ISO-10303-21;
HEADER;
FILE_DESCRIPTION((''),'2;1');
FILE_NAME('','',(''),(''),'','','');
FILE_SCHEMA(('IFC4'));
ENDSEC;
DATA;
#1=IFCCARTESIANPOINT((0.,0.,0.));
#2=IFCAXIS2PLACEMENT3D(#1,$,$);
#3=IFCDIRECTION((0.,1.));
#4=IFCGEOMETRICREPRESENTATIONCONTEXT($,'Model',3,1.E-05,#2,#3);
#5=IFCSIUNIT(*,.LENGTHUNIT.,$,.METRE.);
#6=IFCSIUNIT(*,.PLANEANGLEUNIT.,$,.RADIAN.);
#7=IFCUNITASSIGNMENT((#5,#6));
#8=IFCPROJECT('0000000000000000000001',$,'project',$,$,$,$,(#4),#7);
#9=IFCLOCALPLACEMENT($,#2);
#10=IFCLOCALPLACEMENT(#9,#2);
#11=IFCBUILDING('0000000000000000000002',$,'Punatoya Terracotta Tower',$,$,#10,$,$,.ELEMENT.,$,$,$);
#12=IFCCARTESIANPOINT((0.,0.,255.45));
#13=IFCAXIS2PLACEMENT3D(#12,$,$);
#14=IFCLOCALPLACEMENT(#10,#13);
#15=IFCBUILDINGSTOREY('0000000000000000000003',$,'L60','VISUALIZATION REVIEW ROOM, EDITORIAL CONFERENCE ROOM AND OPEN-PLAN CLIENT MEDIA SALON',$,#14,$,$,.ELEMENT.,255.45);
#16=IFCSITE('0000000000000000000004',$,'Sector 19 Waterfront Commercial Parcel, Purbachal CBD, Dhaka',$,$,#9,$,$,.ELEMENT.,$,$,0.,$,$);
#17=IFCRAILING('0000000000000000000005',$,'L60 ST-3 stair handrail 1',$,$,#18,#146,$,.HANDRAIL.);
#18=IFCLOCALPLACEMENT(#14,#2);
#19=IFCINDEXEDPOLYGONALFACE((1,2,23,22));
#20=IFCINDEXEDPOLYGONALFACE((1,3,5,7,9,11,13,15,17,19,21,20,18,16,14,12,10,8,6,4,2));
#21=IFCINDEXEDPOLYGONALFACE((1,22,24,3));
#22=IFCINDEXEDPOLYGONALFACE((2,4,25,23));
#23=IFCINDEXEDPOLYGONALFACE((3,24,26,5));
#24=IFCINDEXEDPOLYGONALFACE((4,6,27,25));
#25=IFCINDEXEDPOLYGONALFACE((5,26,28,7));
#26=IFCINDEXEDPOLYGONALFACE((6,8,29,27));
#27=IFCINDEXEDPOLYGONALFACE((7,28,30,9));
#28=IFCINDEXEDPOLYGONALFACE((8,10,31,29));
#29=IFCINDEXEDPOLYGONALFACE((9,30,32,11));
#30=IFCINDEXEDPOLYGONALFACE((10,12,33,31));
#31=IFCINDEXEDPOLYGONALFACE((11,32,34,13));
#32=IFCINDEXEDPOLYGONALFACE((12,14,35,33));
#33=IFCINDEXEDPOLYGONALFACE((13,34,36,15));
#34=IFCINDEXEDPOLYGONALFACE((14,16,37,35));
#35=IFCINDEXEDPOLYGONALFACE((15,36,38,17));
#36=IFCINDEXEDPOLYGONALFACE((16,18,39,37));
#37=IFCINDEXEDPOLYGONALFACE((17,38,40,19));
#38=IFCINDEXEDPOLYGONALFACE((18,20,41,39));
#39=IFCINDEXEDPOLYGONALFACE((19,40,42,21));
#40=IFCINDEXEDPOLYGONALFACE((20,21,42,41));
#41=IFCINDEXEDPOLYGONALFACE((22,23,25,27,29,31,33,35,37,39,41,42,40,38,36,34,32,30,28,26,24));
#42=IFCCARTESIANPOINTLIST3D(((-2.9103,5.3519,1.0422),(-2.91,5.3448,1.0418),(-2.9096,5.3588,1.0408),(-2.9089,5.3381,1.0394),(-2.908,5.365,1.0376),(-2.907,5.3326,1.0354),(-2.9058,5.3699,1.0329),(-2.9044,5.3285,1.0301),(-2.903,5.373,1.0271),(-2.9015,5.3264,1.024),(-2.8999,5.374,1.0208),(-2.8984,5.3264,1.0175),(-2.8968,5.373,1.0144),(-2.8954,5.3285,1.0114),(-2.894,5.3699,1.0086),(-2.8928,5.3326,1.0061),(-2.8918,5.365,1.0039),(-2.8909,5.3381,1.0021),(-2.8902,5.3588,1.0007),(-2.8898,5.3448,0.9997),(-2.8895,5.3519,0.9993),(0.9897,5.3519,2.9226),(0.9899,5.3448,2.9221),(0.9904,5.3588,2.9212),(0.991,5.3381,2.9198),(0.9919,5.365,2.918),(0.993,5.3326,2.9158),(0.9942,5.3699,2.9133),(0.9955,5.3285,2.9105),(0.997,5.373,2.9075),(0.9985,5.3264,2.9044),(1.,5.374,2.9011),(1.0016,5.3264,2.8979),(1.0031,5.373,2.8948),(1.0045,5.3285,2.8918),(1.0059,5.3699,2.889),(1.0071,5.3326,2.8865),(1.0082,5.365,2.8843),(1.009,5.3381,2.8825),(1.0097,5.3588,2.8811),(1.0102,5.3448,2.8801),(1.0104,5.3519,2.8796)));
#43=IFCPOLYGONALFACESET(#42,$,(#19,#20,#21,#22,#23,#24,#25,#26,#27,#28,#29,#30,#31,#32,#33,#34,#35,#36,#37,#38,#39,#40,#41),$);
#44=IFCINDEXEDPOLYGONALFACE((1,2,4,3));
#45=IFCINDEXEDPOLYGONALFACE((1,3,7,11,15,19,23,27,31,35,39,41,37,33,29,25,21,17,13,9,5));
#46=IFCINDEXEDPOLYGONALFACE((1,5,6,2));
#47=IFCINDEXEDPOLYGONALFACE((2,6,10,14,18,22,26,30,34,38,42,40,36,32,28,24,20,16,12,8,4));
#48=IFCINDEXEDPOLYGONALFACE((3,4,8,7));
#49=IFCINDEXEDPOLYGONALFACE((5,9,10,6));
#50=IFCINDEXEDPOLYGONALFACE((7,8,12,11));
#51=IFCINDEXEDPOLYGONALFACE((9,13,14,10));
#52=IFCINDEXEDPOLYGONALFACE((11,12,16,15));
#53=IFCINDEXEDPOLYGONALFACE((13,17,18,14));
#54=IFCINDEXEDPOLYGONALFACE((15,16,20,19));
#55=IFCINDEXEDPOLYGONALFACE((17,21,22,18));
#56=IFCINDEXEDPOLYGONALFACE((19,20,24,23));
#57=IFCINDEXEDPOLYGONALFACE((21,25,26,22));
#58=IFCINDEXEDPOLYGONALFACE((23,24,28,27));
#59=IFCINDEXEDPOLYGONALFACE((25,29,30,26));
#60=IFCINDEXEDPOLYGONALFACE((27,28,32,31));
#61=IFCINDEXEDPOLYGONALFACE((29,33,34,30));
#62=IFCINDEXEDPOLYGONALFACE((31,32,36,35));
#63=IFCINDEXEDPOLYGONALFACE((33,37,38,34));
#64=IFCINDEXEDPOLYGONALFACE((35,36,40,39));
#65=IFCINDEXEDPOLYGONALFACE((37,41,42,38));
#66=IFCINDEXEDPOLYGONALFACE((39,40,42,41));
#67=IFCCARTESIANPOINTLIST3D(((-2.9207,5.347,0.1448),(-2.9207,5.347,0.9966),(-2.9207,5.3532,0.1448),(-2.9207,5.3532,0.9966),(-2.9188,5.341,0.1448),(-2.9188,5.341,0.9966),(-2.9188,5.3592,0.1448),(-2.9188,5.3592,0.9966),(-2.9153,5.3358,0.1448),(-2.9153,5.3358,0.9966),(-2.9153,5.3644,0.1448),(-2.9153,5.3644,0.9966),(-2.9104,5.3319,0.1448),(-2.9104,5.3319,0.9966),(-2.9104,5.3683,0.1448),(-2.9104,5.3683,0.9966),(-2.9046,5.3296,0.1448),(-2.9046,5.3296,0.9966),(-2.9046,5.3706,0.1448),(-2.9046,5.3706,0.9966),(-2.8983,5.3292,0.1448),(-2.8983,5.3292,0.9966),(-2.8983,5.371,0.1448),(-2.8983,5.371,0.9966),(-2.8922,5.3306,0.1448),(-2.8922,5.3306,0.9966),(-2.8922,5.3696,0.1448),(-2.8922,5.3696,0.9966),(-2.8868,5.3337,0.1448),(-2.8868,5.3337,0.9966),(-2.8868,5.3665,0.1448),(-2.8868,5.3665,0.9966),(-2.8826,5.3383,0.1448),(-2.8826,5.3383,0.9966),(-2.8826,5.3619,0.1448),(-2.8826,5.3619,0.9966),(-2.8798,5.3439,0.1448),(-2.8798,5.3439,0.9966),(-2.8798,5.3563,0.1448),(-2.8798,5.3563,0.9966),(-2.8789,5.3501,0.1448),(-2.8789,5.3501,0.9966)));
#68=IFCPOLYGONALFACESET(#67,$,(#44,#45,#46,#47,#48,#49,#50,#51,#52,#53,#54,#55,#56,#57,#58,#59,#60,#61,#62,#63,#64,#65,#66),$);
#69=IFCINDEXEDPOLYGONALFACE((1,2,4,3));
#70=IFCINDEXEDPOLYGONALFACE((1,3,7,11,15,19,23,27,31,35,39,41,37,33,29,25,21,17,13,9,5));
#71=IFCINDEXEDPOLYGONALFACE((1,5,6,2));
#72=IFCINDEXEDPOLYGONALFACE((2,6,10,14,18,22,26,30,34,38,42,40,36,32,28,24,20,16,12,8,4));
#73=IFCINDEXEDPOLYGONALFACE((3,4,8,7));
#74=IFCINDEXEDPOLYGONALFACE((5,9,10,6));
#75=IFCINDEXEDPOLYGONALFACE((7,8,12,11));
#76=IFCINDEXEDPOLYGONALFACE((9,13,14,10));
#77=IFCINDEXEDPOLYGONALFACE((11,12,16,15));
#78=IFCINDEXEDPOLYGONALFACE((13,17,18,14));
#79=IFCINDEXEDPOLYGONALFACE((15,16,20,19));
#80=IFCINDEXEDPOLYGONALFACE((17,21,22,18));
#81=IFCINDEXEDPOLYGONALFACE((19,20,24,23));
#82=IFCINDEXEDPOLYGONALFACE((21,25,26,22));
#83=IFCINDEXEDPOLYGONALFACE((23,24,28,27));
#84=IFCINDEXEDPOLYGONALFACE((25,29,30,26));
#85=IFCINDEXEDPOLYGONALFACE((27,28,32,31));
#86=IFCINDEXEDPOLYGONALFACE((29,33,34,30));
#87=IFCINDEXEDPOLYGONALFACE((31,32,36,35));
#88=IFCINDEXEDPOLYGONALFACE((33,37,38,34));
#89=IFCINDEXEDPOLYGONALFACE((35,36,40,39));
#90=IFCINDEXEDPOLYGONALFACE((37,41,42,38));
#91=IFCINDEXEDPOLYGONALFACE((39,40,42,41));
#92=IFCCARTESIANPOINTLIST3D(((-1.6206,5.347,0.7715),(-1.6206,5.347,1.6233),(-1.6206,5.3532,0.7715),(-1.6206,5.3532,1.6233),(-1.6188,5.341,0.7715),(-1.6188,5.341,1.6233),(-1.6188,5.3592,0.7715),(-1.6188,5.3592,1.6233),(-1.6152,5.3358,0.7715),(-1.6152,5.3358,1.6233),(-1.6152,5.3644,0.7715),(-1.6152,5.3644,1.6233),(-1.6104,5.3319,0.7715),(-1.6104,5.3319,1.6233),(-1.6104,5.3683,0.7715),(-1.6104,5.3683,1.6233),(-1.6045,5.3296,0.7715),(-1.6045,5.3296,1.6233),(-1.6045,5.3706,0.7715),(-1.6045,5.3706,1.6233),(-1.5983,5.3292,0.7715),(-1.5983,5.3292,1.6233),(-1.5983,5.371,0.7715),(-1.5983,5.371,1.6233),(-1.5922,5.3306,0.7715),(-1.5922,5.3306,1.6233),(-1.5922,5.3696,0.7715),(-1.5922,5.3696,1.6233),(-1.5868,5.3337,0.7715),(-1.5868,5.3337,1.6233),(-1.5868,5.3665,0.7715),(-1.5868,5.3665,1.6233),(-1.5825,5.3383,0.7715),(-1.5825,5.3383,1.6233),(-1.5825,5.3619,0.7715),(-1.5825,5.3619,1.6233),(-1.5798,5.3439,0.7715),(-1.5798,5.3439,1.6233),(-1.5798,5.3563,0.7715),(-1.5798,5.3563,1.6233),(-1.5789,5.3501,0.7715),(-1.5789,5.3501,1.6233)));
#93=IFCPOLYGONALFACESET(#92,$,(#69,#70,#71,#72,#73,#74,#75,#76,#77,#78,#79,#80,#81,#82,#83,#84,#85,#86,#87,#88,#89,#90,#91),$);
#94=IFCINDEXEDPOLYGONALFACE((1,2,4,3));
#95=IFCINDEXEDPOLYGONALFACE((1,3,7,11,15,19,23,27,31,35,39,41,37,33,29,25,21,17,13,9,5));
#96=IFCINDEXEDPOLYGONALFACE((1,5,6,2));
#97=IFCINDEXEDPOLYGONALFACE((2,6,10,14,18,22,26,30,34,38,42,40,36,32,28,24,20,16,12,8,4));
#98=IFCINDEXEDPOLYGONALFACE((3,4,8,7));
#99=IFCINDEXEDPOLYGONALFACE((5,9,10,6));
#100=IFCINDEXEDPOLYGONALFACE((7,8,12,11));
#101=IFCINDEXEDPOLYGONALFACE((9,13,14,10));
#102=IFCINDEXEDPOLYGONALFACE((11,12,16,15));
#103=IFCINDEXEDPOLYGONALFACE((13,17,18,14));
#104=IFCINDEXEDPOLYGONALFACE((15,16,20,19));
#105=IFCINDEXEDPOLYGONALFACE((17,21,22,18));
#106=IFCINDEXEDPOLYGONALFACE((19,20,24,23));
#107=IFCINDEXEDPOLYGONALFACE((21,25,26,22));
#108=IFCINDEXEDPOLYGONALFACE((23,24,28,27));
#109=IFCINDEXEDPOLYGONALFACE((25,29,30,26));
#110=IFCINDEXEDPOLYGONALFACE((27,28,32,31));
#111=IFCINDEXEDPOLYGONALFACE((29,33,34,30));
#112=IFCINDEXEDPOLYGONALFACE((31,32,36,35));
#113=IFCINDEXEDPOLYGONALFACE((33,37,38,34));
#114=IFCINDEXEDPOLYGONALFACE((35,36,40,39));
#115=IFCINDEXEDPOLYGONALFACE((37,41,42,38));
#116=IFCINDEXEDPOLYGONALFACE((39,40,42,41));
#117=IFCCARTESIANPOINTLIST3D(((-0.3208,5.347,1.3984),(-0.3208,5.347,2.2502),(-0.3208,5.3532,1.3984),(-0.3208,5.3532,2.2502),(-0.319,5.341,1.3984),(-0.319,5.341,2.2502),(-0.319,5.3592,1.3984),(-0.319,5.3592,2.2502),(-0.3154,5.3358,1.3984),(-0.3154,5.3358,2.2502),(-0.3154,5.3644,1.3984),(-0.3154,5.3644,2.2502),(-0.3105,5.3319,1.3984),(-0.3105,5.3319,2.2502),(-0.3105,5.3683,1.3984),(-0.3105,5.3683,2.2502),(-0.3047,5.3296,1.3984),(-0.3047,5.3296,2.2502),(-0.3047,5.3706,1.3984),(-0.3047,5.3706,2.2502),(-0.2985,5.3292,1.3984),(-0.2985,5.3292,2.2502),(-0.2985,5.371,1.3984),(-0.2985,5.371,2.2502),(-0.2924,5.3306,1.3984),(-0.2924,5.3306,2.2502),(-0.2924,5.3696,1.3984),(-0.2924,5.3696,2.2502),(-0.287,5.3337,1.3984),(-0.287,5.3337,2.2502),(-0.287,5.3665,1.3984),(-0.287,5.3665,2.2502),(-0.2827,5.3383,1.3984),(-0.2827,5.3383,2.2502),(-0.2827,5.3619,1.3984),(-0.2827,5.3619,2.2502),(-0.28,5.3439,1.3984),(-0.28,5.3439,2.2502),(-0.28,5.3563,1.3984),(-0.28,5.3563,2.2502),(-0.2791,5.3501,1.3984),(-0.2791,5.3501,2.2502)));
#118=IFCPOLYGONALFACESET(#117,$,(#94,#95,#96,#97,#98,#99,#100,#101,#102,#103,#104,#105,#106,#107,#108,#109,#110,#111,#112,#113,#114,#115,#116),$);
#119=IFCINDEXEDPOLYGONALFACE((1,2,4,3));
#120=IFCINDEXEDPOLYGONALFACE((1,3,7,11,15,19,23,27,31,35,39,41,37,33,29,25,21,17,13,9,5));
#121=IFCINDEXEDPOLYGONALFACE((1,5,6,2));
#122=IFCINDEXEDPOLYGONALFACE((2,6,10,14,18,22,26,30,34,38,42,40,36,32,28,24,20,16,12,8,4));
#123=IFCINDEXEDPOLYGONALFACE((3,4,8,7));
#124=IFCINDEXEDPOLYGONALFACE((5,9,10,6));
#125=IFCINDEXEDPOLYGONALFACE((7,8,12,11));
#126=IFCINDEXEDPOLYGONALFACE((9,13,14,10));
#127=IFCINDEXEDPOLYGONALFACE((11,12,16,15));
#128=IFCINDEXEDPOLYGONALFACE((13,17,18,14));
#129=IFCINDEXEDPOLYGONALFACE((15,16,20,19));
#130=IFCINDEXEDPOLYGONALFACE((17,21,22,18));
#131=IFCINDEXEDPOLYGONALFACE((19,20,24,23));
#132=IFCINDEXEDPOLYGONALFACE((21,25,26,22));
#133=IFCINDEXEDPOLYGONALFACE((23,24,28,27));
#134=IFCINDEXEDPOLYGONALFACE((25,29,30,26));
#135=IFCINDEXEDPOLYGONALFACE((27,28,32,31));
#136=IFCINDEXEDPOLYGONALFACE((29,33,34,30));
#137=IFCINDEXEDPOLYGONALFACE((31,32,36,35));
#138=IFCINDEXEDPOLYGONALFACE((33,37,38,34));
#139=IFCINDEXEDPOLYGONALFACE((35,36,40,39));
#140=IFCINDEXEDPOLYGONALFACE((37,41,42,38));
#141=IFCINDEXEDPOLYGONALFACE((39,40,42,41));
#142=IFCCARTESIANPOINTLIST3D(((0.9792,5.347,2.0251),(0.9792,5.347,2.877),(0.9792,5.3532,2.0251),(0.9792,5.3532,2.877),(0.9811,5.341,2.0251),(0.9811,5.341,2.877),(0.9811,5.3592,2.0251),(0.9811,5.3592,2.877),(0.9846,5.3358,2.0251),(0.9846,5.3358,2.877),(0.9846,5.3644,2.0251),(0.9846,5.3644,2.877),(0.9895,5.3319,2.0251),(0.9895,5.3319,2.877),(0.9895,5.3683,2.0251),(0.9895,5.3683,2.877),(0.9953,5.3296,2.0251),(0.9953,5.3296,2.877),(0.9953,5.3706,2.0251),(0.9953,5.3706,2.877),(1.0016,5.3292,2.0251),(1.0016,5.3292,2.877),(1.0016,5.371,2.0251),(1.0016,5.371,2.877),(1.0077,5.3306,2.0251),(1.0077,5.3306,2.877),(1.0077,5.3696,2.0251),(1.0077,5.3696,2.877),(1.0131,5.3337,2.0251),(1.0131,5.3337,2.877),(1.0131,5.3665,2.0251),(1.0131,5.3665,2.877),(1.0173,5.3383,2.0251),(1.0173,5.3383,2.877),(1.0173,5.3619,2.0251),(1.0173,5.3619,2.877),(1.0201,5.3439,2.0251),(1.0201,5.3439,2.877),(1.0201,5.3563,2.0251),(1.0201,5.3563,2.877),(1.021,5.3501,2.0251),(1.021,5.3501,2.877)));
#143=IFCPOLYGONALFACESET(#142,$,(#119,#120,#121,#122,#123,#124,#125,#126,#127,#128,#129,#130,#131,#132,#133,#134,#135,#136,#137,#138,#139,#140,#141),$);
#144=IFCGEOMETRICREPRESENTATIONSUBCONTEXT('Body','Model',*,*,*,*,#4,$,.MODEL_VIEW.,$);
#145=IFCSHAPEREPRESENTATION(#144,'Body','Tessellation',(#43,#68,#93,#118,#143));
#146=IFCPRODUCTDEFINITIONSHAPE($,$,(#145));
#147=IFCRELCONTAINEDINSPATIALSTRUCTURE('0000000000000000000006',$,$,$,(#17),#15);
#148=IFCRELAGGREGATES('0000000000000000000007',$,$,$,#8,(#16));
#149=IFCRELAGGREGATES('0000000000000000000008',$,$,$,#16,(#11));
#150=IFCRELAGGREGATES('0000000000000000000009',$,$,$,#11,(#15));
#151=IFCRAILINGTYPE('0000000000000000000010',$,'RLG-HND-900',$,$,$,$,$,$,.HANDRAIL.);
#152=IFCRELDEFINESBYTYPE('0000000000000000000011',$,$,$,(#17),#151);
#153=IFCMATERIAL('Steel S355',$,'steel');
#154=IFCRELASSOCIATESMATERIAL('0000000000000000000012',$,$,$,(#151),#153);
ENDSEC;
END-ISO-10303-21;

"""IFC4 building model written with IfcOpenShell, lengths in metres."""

from ifc_helpers import new_model, si_unit, direction, frame, origin, origin_2d, place, context, subcontext, project, spatial, circle, extrude, material, type_object, element, save


model = new_model("IFC4")

# Units and contexts
model_context = context("Model", 3, precision=1e-05, world=origin(), true_north=direction((0.0, 1.0)))
body_context = subcontext(model_context, "Body", "Model", "MODEL_VIEW")
ifc_project = project(units=[si_unit("LENGTHUNIT", "METRE"), si_unit("PLANEANGLEUNIT", "RADIAN")], contexts=[model_context])

# Site, building, storey
site_placement = place(None, origin())
site = spatial("IfcSite", under=ifc_project, at=site_placement, Name="Sector 19 Waterfront Commercial Parcel, Purbachal CBD, Dhaka", CompositionType="ELEMENT", RefElevation=0.0)
building_placement = place(site_placement, origin())
building = spatial("IfcBuilding", under=site, at=building_placement, Name="Punatoya Terracotta Tower", CompositionType="ELEMENT")
storey_placement = place(building_placement, frame((0.0, 0.0, 255.45)))
storey = spatial("IfcBuildingStorey", under=building, at=storey_placement, Name="L60", Description="VISUALIZATION REVIEW ROOM, EDITORIAL CONFERENCE ROOM AND OPEN-PLAN CLIENT MEDIA SALON", CompositionType="ELEMENT", Elevation=255.45)

# Shared definitions
ifc_material_1 = material(Name="Steel S355", Category="steel")

# Railing
railing_type_1 = type_object("IfcRailingType", Name="RLG-HND-900", PredefinedType="HANDRAIL", material=ifc_material_1)
railing_1_placement = place(storey_placement, frame((-2.8999, 5.3501, 0.1448)))
element("IfcRailing", 1, at=railing_1_placement, inside=storey, type_object=railing_type_1, Name="L60 ST-3 stair handrail 1", PredefinedType="HANDRAIL", context=body_context, shape_type="SweptSolid", body=[
    extrude(circle(Radius=0.0239, at=origin_2d()), frame((0.0, 0.0, 0.876), z_axis=(0.900763, 0.0, 0.434311), x_axis=(0.0, 1.0, 0.0)), (0.0, 0.0, 1.0), 4.3296),
    extrude(circle(Radius=0.021, at=origin_2d()), origin(), (0.0, 0.0, 1.0), 0.8518),
    extrude(circle(Radius=0.021, at=origin_2d()), frame((1.3, 0.0, 0.6267)), (0.0, 0.0, 1.0), 0.8518),
    extrude(circle(Radius=0.021, at=origin_2d()), frame((2.5999, 0.0, 1.2537)), (0.0, 0.0, 1.0), 0.8518),
    extrude(circle(Radius=0.021, at=origin_2d()), frame((3.8999, 0.0, 1.8804)), (0.0, 0.0, 1.0), 0.8518),
])

save(model, "model.ifc")
